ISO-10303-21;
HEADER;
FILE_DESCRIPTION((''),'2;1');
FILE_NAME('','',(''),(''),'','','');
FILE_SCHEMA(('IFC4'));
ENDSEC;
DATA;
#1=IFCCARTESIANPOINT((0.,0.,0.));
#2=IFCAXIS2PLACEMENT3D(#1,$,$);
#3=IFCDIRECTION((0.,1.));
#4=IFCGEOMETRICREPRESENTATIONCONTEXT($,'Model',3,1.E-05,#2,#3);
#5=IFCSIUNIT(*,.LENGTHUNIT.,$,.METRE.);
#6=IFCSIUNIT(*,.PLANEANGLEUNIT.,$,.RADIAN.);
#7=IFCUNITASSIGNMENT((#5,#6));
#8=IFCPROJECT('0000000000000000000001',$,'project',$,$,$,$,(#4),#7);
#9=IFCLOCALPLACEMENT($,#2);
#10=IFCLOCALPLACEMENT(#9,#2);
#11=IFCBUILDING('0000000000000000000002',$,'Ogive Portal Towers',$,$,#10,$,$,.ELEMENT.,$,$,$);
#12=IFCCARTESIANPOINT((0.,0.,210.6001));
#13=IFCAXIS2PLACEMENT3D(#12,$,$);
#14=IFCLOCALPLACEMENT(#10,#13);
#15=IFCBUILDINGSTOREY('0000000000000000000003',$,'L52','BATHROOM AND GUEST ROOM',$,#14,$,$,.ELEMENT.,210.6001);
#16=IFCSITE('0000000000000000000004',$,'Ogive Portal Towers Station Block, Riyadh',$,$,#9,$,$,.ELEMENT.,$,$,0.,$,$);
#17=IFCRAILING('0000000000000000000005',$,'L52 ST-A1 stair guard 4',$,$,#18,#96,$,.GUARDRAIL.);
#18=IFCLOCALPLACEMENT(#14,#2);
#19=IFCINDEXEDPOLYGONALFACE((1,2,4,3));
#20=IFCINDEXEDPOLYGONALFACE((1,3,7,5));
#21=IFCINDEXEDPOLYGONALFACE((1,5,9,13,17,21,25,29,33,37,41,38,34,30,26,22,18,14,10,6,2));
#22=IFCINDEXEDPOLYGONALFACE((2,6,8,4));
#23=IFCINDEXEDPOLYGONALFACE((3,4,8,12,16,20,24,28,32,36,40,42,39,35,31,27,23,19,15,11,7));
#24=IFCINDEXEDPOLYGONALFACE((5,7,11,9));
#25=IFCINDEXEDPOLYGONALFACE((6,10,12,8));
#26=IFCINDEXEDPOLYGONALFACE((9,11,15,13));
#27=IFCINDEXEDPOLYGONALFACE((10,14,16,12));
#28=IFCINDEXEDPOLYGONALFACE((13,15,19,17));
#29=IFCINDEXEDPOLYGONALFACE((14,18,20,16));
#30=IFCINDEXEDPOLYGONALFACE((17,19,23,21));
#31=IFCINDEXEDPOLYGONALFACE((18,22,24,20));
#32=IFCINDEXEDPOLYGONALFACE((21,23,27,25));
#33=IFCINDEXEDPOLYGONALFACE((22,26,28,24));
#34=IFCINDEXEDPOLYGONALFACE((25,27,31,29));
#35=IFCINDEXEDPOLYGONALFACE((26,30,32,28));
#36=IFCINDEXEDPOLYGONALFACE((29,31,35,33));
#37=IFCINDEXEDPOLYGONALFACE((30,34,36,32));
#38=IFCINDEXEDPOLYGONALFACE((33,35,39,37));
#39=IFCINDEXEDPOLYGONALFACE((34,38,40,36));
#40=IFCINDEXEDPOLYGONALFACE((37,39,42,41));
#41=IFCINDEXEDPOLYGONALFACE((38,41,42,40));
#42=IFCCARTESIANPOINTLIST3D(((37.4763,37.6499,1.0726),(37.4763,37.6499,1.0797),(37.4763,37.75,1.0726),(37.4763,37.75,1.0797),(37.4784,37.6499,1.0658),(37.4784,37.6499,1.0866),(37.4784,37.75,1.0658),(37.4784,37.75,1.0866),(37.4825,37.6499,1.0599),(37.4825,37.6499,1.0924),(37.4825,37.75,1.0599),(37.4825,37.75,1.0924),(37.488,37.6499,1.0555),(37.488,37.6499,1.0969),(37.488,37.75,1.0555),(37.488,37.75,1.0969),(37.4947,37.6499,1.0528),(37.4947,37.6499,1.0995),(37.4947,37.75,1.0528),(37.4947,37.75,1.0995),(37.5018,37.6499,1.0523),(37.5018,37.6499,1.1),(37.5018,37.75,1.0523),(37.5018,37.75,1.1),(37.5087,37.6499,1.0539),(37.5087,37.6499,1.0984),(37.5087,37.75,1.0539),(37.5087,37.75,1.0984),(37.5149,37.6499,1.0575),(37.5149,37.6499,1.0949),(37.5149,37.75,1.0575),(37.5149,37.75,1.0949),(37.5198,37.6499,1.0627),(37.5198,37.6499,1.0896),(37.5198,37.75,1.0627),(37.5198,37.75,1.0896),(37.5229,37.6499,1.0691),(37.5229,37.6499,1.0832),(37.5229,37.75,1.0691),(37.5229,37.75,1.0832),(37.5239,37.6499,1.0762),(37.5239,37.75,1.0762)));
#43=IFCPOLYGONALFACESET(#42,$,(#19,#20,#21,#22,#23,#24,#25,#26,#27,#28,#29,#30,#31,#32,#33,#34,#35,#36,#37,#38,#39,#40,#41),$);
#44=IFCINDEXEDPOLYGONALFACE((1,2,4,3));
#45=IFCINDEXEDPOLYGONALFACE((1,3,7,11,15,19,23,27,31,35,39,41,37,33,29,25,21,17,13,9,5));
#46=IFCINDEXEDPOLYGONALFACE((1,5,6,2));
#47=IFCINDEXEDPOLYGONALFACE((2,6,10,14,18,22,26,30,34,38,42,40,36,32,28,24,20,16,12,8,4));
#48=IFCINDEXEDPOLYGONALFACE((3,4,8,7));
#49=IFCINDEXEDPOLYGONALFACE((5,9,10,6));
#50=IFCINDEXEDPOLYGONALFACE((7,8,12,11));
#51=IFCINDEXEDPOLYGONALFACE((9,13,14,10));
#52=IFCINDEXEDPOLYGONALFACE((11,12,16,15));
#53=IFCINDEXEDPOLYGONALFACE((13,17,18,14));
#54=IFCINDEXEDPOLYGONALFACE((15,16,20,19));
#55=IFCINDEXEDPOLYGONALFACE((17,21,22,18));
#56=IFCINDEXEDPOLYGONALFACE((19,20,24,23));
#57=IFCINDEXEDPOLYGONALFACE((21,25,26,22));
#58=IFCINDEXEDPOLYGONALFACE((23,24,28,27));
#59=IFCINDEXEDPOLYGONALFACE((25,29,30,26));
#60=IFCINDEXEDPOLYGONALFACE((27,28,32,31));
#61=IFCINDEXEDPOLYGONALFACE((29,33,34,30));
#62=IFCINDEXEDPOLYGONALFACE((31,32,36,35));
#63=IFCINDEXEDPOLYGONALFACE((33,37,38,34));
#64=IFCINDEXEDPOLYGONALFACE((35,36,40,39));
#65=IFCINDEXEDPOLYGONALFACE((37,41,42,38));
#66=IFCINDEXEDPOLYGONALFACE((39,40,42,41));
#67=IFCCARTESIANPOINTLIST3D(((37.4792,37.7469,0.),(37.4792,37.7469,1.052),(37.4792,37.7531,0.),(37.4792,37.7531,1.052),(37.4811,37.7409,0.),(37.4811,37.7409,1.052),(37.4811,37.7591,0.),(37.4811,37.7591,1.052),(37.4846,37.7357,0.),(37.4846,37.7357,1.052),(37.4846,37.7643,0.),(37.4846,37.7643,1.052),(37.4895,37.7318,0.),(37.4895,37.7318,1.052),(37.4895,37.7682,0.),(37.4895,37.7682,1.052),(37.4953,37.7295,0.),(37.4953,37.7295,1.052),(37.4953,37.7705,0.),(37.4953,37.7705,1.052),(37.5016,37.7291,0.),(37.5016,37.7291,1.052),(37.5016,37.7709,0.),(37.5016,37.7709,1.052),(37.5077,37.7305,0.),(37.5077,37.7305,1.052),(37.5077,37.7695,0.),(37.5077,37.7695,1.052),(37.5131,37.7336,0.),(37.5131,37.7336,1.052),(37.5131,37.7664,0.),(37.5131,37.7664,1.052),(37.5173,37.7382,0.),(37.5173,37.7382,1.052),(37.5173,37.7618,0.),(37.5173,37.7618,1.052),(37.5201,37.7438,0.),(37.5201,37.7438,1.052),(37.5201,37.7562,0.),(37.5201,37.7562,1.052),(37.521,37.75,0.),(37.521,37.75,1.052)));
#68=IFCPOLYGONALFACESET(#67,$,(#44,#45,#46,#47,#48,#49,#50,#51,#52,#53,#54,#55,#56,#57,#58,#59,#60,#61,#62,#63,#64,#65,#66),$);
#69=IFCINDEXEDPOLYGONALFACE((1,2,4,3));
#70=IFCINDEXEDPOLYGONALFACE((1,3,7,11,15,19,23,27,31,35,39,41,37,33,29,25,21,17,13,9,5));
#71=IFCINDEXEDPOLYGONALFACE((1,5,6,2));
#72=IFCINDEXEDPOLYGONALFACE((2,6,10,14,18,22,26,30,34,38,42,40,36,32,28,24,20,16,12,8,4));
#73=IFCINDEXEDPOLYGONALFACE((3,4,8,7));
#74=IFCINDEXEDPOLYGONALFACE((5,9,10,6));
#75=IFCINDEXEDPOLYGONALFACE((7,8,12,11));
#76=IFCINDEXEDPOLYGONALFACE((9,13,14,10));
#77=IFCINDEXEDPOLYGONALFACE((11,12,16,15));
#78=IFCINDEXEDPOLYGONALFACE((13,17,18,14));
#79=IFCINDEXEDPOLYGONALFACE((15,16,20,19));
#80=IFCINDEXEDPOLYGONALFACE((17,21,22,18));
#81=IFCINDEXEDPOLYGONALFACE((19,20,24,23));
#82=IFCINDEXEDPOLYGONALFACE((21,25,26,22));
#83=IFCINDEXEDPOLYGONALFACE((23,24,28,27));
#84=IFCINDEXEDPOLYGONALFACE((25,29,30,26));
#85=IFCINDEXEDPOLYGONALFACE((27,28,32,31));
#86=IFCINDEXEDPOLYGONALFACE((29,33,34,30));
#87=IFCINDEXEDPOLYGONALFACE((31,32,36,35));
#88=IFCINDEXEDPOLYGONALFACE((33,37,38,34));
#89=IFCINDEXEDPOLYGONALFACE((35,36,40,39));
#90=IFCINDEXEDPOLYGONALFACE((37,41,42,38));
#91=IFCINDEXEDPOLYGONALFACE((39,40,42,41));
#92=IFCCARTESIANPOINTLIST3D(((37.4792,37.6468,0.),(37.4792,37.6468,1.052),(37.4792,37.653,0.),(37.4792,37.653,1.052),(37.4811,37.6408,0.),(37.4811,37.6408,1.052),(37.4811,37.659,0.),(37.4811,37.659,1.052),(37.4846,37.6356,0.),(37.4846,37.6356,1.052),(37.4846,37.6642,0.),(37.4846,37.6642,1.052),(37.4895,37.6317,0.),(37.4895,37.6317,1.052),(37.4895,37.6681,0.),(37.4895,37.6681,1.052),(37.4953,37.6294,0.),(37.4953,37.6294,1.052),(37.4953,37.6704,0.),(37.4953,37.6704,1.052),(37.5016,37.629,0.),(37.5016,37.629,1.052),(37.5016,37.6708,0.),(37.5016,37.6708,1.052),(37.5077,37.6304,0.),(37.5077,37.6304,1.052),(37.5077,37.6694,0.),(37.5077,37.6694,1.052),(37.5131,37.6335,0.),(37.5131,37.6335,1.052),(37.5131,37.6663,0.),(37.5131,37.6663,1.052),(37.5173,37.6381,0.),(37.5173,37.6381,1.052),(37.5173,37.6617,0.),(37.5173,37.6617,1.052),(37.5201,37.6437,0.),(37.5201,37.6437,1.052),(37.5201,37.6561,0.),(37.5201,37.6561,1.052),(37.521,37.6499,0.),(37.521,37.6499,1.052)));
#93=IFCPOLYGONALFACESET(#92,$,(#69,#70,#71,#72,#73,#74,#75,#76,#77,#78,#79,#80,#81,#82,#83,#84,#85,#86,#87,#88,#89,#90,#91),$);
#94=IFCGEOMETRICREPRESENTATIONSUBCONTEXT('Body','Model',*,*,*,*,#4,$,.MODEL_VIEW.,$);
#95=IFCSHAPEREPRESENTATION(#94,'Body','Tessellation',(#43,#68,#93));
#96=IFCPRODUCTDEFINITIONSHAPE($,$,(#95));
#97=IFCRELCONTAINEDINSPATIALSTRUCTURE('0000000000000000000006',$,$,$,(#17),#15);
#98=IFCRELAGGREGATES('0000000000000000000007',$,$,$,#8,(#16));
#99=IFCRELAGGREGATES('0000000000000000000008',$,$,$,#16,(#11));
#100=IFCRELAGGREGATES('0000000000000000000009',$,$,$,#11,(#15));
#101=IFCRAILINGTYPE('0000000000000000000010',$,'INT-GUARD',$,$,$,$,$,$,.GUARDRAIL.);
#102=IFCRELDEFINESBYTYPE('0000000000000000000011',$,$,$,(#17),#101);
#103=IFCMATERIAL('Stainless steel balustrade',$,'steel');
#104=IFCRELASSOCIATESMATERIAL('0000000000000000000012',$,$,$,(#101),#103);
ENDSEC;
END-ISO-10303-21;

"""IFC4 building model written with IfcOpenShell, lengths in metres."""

from ifc_helpers import new_model, si_unit, direction, frame, origin, origin_2d, place, context, subcontext, project, spatial, circle, extrude, material, type_object, element, save


model = new_model("IFC4")

# Units and contexts
model_context = context("Model", 3, precision=1e-05, world=origin(), true_north=direction((0.0, 1.0)))
body_context = subcontext(model_context, "Body", "Model", "MODEL_VIEW")
ifc_project = project(units=[si_unit("LENGTHUNIT", "METRE"), si_unit("PLANEANGLEUNIT", "RADIAN")], contexts=[model_context])

# Site, building, storey
site_placement = place(None, origin())
site = spatial("IfcSite", under=ifc_project, at=site_placement, Name="Ogive Portal Towers Station Block, Riyadh", CompositionType="ELEMENT", RefElevation=0.0)
building_placement = place(site_placement, origin())
building = spatial("IfcBuilding", under=site, at=building_placement, Name="Ogive Portal Towers", CompositionType="ELEMENT")
storey_placement = place(building_placement, frame((0.0, 0.0, 210.6001)))
storey = spatial("IfcBuildingStorey", under=building, at=storey_placement, Name="L52", Description="BATHROOM AND GUEST ROOM", CompositionType="ELEMENT", Elevation=210.6001)

# Railing
ifc_material_1 = material(Name="Stainless steel balustrade", Category="steel")
railing_type_1 = type_object("IfcRailingType", Name="INT-GUARD", PredefinedType="GUARDRAIL", material=ifc_material_1)
railing_1_placement = place(storey_placement, frame((37.5, 37.75, 0.0)))
element("IfcRailing", 1, at=railing_1_placement, inside=storey, type_object=railing_type_1, Name="L52 ST-A1 stair guard 4", PredefinedType="GUARDRAIL", context=body_context, shape_type="SweptSolid", body=[
    extrude(circle(Radius=0.0239, at=origin_2d()), frame((0.0, 0.0, 1.0762), z_axis=(0.0, -1.0, 0.0), x_axis=(1.0, 0.0, 0.0)), (0.0, 0.0, 1.0), 0.1001),
    extrude(circle(Radius=0.021, at=origin_2d()), origin(), (0.0, 0.0, 1.0), 1.052),
    extrude(circle(Radius=0.021, at=origin_2d()), frame((0.0, -0.1001, 0.0)), (0.0, 0.0, 1.0), 1.052),
])

save(model, "model.ifc")
